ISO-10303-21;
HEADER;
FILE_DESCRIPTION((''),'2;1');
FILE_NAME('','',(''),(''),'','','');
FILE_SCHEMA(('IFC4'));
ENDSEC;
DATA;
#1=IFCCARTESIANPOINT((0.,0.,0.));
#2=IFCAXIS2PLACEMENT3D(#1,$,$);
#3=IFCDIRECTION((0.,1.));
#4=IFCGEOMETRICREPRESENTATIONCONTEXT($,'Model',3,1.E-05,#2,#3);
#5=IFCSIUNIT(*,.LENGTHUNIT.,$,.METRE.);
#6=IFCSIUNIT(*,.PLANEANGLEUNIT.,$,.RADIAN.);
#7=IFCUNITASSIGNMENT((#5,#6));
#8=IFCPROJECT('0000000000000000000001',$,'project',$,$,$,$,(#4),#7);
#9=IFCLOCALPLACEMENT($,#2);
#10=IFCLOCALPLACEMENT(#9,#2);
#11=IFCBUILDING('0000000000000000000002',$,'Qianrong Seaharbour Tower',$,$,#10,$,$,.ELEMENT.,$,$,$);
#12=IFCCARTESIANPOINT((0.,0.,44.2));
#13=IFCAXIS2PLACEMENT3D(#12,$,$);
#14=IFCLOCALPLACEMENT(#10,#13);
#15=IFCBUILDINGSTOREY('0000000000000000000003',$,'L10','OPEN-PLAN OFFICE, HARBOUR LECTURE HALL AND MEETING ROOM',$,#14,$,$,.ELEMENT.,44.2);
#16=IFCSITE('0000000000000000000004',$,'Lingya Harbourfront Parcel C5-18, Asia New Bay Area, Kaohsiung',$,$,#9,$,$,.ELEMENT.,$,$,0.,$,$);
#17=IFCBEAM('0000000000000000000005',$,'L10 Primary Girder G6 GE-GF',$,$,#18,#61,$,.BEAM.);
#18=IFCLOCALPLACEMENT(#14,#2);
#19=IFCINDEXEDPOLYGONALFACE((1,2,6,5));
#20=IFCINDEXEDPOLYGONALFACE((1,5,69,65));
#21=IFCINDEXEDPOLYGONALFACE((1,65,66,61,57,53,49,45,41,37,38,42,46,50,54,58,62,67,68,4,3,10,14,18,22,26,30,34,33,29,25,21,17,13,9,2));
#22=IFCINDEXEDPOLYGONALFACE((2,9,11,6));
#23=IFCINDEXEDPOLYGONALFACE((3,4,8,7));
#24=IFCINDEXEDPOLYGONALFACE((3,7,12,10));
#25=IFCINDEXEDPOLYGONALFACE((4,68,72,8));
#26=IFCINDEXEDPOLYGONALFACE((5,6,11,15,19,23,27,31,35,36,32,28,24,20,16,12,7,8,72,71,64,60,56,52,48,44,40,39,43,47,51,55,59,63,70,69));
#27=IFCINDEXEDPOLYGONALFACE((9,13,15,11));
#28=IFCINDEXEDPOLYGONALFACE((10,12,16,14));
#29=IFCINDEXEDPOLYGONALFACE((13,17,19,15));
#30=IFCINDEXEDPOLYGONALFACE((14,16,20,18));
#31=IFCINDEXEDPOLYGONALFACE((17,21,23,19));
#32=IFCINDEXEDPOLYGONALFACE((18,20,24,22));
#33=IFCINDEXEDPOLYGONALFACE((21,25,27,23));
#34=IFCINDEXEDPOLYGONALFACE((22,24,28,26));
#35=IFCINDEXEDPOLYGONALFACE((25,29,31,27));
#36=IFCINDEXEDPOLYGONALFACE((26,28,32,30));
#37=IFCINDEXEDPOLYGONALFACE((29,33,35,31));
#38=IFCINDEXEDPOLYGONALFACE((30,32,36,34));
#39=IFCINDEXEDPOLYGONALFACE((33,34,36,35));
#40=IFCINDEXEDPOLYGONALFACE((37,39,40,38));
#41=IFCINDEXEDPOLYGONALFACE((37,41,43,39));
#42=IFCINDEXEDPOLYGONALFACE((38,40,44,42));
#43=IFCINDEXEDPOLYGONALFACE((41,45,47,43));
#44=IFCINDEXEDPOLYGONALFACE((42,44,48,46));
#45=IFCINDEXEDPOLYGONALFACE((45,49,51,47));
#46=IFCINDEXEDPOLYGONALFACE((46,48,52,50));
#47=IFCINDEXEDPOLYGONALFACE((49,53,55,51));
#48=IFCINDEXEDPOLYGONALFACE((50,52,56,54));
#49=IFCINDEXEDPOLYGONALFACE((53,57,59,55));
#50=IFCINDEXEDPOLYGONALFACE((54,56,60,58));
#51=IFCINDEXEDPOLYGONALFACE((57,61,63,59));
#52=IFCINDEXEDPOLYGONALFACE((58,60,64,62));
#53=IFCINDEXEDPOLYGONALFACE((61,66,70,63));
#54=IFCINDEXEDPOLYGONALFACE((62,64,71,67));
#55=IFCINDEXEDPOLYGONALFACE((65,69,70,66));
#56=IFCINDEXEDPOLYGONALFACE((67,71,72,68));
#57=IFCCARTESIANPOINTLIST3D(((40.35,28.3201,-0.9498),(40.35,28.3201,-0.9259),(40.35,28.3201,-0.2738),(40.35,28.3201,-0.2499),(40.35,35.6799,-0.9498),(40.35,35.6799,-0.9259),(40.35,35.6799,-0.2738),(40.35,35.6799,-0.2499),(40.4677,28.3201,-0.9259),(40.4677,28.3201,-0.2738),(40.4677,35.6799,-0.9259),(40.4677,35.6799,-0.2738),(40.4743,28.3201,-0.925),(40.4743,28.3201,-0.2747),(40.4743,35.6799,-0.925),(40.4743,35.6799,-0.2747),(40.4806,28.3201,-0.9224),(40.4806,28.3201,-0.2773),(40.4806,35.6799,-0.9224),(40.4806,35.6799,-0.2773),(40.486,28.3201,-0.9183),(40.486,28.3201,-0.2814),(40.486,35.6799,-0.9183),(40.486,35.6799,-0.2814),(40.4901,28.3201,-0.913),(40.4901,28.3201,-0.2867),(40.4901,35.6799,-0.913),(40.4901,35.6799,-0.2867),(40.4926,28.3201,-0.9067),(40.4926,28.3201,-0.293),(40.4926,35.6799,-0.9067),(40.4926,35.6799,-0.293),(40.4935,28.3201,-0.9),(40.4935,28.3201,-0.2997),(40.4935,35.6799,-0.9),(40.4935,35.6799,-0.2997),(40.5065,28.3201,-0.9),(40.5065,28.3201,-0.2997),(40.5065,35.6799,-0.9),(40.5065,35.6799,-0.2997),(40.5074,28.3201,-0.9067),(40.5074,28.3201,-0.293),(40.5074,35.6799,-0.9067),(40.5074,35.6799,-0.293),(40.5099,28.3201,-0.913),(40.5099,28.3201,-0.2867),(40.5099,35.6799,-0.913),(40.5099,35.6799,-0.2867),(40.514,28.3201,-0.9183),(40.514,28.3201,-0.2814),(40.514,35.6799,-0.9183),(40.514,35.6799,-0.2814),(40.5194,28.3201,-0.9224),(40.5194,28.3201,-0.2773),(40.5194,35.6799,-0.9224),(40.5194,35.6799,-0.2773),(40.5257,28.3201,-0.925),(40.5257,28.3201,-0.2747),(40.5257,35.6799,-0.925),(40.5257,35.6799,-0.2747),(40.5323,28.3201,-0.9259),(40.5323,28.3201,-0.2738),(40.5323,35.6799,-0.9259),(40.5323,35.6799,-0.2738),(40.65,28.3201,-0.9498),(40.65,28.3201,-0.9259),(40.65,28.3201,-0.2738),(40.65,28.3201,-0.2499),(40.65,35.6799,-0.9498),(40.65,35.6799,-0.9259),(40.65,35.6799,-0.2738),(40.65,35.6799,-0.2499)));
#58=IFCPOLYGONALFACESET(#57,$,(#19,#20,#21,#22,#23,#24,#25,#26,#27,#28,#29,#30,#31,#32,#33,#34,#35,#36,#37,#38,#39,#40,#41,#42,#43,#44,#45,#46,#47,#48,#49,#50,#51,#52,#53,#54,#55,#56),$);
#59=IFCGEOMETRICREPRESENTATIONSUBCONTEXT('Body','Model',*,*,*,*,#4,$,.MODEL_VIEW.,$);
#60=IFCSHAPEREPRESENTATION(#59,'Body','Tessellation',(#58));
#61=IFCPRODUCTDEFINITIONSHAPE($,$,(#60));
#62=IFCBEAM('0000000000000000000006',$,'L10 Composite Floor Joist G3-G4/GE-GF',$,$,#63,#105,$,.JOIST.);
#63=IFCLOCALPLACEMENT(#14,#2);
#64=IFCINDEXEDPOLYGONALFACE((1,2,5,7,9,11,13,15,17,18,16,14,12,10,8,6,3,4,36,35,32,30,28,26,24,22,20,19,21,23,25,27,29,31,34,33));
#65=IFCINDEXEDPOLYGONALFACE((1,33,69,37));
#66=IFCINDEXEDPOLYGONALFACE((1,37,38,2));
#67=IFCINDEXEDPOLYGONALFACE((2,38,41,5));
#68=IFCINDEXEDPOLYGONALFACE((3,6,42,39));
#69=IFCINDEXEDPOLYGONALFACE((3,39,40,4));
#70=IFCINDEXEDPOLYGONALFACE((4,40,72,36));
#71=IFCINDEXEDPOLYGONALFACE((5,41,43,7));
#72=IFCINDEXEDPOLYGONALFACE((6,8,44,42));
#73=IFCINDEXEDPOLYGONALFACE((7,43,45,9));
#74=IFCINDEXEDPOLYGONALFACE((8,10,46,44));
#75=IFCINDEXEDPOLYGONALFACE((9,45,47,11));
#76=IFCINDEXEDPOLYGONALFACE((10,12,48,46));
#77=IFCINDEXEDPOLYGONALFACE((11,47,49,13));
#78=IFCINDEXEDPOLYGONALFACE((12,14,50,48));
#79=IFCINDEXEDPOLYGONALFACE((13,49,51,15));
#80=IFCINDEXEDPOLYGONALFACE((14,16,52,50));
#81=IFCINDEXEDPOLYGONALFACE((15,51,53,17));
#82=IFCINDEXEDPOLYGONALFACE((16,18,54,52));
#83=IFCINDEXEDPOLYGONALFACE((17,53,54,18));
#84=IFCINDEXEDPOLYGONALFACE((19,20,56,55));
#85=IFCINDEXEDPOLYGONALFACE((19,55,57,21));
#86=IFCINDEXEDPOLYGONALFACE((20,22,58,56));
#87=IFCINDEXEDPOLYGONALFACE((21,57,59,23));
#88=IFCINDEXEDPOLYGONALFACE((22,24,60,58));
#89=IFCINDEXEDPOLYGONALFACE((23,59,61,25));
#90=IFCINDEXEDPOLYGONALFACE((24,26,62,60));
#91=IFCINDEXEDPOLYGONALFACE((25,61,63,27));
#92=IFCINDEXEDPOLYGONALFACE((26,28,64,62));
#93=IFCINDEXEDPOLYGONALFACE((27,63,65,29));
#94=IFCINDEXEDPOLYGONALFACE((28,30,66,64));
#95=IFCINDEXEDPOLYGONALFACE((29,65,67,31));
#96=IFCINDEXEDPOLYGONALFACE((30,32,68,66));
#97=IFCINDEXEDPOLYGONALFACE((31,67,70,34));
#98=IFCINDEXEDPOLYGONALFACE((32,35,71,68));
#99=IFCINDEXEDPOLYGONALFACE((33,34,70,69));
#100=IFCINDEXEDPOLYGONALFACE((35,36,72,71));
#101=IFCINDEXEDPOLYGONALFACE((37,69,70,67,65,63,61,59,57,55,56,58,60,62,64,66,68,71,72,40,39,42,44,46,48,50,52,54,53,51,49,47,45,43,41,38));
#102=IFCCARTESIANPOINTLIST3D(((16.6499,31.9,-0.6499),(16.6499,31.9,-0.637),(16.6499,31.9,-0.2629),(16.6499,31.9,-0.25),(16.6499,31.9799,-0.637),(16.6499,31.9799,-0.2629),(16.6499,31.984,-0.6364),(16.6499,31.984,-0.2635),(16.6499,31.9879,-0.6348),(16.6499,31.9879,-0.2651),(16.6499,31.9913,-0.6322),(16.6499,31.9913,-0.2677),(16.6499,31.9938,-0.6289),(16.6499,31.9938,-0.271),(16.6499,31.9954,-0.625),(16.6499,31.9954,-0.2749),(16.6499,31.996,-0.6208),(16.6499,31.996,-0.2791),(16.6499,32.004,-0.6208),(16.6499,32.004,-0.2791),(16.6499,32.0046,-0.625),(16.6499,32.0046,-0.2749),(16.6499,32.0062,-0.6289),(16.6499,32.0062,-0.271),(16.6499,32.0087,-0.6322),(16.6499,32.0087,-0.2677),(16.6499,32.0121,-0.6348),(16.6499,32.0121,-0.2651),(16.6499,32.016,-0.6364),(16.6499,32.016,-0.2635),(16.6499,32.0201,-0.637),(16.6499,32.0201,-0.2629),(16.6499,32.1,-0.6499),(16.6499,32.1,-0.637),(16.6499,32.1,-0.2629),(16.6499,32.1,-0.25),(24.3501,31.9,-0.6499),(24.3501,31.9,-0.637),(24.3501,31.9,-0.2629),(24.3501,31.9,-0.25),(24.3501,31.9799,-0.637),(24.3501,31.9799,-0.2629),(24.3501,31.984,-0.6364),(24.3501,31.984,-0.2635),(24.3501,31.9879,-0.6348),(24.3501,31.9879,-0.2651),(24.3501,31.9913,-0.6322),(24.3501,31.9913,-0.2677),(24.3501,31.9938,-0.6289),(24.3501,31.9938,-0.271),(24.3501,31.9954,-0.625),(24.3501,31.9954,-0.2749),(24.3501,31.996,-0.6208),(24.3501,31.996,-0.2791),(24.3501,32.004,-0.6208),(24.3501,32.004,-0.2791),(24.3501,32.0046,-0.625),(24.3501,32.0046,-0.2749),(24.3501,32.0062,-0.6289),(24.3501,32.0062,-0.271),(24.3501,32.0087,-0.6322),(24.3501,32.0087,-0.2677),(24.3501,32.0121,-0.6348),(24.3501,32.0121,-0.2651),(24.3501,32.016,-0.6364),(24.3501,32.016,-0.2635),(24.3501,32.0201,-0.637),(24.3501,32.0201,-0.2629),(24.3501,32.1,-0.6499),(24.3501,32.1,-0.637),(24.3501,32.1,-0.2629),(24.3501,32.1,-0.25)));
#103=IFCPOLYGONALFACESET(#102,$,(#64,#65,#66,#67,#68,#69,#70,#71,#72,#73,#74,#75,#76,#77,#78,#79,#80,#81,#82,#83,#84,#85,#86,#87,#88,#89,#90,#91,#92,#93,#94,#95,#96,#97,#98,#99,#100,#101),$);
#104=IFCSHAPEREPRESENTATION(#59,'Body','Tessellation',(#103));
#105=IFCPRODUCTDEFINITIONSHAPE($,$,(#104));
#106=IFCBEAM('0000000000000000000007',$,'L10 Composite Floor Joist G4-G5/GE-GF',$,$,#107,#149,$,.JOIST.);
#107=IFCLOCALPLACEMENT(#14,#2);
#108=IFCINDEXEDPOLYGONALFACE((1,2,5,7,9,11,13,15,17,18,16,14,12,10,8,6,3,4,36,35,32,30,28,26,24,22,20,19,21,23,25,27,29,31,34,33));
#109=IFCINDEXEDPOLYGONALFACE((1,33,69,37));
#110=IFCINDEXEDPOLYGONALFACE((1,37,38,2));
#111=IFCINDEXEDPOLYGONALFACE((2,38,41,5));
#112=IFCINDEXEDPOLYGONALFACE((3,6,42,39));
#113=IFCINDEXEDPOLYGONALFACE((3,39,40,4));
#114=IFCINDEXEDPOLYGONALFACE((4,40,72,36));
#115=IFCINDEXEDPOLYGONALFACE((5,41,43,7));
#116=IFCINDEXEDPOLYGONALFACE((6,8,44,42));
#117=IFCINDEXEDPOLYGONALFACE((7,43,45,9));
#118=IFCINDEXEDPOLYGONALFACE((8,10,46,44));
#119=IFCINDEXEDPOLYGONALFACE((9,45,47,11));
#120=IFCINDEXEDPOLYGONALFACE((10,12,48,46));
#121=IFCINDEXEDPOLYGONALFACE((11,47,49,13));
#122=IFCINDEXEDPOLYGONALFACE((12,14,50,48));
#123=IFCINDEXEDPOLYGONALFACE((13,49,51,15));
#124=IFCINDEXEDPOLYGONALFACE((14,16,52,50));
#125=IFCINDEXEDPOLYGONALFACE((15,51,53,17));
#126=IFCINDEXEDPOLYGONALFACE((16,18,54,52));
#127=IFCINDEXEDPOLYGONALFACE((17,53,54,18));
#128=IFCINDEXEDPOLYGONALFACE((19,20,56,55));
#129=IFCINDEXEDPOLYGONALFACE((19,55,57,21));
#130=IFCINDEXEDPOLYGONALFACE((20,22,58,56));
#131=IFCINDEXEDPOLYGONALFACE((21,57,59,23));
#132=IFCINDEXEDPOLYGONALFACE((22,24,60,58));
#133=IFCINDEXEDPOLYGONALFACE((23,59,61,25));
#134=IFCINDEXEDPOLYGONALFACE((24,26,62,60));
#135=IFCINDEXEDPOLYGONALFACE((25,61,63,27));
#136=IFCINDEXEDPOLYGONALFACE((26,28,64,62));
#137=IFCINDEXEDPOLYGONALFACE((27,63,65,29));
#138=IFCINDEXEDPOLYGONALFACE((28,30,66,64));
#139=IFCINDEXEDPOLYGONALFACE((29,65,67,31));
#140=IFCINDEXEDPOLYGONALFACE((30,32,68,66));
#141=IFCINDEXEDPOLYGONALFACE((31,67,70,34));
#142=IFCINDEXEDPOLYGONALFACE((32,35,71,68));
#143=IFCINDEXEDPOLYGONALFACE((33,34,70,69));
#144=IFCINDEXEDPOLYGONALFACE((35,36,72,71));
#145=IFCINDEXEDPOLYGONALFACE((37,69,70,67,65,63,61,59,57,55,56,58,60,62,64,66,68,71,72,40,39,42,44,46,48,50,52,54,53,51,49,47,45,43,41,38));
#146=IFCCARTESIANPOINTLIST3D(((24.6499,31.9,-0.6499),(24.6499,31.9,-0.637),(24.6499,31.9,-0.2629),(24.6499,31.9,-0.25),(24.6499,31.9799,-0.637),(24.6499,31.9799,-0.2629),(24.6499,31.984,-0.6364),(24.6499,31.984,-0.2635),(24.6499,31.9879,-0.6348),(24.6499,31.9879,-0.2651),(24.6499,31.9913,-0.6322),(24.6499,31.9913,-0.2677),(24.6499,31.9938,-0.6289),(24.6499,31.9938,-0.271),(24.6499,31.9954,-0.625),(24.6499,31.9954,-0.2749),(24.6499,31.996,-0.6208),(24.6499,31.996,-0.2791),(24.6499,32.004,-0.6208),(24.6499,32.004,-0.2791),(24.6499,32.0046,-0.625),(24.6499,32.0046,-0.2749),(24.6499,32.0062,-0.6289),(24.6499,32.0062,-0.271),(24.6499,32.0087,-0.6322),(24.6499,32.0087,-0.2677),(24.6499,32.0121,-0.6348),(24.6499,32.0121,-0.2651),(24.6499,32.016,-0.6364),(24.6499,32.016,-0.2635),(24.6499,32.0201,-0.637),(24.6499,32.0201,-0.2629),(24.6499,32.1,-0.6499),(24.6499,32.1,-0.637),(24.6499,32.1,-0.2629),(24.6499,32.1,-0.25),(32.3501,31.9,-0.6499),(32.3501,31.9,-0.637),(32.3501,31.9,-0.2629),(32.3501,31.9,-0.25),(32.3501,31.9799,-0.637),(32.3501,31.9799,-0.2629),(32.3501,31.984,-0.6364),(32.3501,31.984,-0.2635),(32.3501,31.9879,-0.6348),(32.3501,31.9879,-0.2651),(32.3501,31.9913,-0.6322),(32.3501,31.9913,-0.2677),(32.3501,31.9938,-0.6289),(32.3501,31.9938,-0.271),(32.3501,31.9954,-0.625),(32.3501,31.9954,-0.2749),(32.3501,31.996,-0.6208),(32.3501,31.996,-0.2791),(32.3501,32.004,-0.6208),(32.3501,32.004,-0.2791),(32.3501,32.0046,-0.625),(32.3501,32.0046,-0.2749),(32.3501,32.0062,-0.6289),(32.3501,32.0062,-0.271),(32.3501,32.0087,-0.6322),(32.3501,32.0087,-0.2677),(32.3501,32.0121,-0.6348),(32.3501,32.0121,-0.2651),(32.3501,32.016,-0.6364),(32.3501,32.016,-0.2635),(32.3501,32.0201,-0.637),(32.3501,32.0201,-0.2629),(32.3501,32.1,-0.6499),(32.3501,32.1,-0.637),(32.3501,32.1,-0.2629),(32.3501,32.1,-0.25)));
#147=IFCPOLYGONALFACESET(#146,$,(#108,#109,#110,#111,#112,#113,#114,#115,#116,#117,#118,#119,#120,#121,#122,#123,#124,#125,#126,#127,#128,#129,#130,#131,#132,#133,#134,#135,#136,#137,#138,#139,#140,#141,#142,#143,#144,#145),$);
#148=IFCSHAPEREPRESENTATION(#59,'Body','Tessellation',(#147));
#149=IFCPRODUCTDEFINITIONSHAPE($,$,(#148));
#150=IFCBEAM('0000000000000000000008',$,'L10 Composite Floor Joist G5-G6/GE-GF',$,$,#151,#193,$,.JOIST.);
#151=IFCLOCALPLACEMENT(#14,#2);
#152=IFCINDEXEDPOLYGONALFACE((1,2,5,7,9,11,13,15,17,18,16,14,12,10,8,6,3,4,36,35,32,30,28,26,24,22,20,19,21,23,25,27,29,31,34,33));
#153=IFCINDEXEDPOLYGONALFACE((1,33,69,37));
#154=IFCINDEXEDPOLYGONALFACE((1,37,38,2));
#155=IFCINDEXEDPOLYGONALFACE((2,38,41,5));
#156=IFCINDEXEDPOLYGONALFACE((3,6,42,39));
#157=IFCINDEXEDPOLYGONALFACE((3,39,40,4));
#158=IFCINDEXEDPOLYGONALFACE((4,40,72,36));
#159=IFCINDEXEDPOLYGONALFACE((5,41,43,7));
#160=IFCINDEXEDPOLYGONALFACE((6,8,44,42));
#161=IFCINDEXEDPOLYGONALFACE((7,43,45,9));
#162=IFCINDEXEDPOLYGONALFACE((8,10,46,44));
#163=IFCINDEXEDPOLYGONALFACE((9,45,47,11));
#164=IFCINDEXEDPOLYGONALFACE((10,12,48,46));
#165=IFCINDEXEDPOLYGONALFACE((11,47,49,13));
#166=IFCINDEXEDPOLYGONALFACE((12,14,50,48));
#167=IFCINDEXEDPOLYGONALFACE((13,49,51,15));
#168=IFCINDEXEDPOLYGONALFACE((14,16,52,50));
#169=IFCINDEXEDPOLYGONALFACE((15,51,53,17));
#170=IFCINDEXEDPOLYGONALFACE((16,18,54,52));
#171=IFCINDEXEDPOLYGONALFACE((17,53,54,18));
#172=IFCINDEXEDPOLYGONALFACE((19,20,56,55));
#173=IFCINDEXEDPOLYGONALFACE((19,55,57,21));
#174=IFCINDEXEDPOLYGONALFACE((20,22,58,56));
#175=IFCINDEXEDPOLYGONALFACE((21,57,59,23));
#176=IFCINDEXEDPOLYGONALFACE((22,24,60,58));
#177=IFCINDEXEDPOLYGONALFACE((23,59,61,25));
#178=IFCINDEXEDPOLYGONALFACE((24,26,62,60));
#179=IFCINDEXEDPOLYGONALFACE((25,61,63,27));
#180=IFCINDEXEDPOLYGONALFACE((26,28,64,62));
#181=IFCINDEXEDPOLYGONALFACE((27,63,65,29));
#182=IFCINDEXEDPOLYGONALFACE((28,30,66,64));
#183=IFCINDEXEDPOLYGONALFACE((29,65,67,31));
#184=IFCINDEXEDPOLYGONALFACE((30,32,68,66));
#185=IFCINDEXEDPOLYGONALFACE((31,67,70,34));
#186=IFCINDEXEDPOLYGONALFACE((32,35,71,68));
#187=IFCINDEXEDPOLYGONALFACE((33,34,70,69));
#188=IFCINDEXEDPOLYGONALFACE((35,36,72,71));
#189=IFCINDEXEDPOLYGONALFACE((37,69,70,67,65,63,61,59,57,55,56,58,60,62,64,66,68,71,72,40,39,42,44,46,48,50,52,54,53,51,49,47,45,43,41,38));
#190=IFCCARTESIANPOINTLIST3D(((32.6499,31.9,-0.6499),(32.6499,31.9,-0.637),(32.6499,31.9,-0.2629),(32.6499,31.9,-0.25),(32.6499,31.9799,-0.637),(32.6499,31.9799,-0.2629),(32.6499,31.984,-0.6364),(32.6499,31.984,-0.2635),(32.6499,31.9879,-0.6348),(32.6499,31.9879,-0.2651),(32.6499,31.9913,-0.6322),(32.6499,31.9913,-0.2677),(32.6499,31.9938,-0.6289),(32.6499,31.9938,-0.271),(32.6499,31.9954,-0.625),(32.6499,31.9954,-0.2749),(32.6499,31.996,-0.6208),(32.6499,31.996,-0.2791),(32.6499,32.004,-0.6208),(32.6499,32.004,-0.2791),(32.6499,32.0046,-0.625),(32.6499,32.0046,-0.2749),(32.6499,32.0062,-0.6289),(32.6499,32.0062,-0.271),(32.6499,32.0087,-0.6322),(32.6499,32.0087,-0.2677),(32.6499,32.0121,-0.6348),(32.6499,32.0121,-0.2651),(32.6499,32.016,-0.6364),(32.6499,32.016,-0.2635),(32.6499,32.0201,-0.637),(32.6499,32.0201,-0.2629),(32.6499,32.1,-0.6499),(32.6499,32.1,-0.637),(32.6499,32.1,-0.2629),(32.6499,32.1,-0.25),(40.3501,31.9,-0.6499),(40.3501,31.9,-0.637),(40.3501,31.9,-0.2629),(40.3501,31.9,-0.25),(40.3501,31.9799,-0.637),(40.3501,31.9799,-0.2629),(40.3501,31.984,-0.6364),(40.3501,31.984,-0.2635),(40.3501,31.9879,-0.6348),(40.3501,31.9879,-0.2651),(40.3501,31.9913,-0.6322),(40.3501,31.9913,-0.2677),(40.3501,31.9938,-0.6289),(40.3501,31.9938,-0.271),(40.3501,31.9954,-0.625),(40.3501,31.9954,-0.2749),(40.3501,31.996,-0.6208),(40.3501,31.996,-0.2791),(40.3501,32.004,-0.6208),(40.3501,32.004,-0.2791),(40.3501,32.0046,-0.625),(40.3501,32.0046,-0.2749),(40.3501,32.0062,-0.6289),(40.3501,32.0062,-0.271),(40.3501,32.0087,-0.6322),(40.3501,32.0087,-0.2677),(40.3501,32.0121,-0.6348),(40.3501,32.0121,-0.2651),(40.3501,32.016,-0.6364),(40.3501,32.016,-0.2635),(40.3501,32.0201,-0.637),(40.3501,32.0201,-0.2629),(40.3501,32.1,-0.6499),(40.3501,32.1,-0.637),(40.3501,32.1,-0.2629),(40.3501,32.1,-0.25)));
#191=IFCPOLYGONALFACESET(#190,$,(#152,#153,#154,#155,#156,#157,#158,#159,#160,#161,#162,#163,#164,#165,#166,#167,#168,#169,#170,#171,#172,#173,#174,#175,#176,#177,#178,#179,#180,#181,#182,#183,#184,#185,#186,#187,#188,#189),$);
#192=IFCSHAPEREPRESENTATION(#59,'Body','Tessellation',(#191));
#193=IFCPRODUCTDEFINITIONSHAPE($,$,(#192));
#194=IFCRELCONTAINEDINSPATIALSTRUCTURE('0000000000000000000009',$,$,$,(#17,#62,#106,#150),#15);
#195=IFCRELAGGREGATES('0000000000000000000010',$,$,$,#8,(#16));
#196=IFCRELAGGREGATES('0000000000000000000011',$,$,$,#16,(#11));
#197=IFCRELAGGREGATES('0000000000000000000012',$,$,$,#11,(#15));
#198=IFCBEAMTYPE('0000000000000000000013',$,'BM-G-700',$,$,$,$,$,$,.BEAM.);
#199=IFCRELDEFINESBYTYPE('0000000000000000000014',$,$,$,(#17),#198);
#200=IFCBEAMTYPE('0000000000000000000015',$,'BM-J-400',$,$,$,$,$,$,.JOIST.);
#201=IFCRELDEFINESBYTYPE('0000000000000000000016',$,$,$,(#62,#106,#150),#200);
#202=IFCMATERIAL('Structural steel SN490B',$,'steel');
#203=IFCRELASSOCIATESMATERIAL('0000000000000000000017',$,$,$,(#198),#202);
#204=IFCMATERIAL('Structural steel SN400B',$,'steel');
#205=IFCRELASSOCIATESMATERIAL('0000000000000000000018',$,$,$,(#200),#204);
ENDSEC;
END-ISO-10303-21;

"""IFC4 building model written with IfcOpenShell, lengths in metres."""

from ifc_helpers import new_model, si_unit, direction, frame, origin, origin_2d, place, context, subcontext, project, spatial, i_section, extrude, material, material_profile, profile_set, type_object, element, save


model = new_model("IFC4")

# Units and contexts
model_context = context("Model", 3, precision=1e-05, world=origin(), true_north=direction((0.0, 1.0)))
body_context = subcontext(model_context, "Body", "Model", "MODEL_VIEW")
ifc_project = project(units=[si_unit("LENGTHUNIT", "METRE"), si_unit("PLANEANGLEUNIT", "RADIAN")], contexts=[model_context])

# Site, building, storey
site_placement = place(None, origin())
site = spatial("IfcSite", under=ifc_project, at=site_placement, Name="Lingya Harbourfront Parcel C5-18, Asia New Bay Area, Kaohsiung", CompositionType="ELEMENT", RefElevation=0.0)
building_placement = place(site_placement, origin())
building = spatial("IfcBuilding", under=site, at=building_placement, Name="Qianrong Seaharbour Tower", CompositionType="ELEMENT")
storey_placement = place(building_placement, frame((0.0, 0.0, 44.2)))
storey = spatial("IfcBuildingStorey", under=building, at=storey_placement, Name="L10", Description="OPEN-PLAN OFFICE, HARBOUR LECTURE HALL AND MEETING ROOM", CompositionType="ELEMENT", Elevation=44.2)

# Shared definitions
ifc_material_1 = material(Name="Structural steel SN490B", Category="steel")

# Beams
ifc_material_profile_1 = material_profile(ifc_material_1, i_section(OverallWidth=0.3, OverallDepth=0.7, WebThickness=0.0129, FlangeThickness=0.0239, FilletRadius=0.0259, at=origin_2d()), Name="H700x300x13x24")
ifc_profile_set_1 = profile_set([ifc_material_profile_1], Name="Structural steel SN490B")
beam_type_1 = type_object("IfcBeamType", Name="BM-G-700", PredefinedType="BEAM", material=ifc_profile_set_1)
for number, where, z_axis, x_axis, name in (
    (1, (40.5, 28.3201, -0.5999), (0.0, 1.0, 0.0), (-1.0, 0.0, 0.0), "L10 Primary Girder G6 GE-GF"),
):
    element("IfcBeam", number, at=place(storey_placement, frame(where, z_axis=z_axis, x_axis=x_axis)), inside=storey, type_object=beam_type_1, Name=name, PredefinedType="BEAM", context=body_context, shape_type="SweptSolid", body=[
        extrude(i_section(OverallWidth=0.3, OverallDepth=0.7, WebThickness=0.0129, FlangeThickness=0.0239, FilletRadius=0.0259, at=origin_2d()), origin(), (0.0, 0.0, 1.0), 7.3599),
    ])
ifc_material_2 = material(Name="Structural steel SN400B", Category="steel")
ifc_material_profile_2 = material_profile(ifc_material_2, i_section(OverallWidth=0.2, OverallDepth=0.3999, WebThickness=0.0081, FlangeThickness=0.0129, FilletRadius=0.0161, at=origin_2d()), Name="H400x200x8x13")
ifc_profile_set_2 = profile_set([ifc_material_profile_2], Name="Structural steel SN400B")
beam_type_2 = type_object("IfcBeamType", Name="BM-J-400", PredefinedType="JOIST", material=ifc_profile_set_2)
for number, where, z_axis, x_axis, name in (
    (2, (16.6499, 32.0, -0.45), (1.0, 0.0, 0.0), (0.0, 1.0, 0.0), "L10 Composite Floor Joist G3-G4/GE-GF"),
    (3, (24.6499, 32.0, -0.45), (1.0, 0.0, 0.0), (0.0, 1.0, 0.0), "L10 Composite Floor Joist G4-G5/GE-GF"),
    (4, (32.6499, 32.0, -0.45), (1.0, 0.0, 0.0), (0.0, 1.0, 0.0), "L10 Composite Floor Joist G5-G6/GE-GF"),
):
    element("IfcBeam", number, at=place(storey_placement, frame(where, z_axis=z_axis, x_axis=x_axis)), inside=storey, type_object=beam_type_2, Name=name, PredefinedType="JOIST", context=body_context, shape_type="SweptSolid", body=[
        extrude(i_section(OverallWidth=0.2, OverallDepth=0.3999, WebThickness=0.0081, FlangeThickness=0.0129, FilletRadius=0.0161, at=origin_2d()), origin(), (0.0, 0.0, 1.0), 7.7002),
    ])

save(model, "model.ifc")
